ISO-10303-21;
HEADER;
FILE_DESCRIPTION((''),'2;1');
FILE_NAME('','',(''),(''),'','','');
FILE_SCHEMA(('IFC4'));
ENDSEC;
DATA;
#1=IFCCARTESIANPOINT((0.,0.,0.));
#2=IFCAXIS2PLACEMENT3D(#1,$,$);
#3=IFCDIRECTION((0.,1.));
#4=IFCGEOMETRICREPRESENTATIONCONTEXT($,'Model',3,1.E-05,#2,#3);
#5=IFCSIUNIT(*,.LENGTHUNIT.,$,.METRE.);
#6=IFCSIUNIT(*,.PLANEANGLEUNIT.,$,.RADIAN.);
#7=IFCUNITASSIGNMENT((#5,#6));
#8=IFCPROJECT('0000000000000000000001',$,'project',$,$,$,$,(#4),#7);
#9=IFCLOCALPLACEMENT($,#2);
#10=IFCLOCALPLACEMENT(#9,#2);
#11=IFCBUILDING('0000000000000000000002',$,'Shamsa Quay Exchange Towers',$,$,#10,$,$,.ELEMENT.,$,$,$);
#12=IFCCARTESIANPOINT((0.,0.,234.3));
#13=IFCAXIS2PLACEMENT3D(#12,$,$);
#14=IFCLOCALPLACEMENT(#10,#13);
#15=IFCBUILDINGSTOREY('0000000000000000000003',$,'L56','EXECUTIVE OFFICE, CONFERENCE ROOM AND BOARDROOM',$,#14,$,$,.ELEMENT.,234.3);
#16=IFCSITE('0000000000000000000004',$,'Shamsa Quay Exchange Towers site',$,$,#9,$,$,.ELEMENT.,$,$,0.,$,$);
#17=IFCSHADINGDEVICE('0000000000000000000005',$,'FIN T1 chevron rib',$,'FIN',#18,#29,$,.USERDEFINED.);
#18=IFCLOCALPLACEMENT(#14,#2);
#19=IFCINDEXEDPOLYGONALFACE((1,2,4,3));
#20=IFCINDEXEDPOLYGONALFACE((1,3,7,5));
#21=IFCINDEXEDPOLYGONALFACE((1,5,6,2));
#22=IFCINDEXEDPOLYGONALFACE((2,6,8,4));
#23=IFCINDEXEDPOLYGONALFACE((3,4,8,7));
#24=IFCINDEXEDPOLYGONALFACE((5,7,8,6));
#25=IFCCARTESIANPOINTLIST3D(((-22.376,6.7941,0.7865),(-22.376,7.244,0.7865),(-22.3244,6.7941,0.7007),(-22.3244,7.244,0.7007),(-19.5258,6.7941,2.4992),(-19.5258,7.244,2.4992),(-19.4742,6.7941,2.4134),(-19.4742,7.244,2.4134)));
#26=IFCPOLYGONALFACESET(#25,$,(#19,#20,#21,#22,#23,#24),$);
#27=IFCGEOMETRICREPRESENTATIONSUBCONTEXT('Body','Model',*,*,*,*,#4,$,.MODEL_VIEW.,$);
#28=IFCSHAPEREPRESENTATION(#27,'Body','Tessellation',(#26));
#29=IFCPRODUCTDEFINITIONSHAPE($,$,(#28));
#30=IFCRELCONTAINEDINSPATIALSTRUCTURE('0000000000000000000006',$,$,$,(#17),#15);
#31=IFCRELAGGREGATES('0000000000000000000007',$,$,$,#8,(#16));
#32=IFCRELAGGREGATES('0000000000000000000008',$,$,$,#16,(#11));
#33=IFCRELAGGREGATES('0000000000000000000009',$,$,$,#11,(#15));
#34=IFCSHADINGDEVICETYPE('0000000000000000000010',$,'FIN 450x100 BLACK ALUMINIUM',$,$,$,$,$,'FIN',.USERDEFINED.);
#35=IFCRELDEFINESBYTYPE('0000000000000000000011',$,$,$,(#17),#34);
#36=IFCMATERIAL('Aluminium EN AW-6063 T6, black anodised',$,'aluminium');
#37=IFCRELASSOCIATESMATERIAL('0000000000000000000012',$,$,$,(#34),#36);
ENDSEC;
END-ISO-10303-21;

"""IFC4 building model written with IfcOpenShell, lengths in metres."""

from ifc_helpers import new_model, si_unit, direction, frame, origin, origin_2d, place, context, subcontext, project, spatial, rectangle, extrude, material, material_profile, profile_set, type_object, element, save


model = new_model("IFC4")

# Units and contexts
model_context = context("Model", 3, precision=1e-05, world=origin(), true_north=direction((0.0, 1.0)))
body_context = subcontext(model_context, "Body", "Model", "MODEL_VIEW")
ifc_project = project(units=[si_unit("LENGTHUNIT", "METRE"), si_unit("PLANEANGLEUNIT", "RADIAN")], contexts=[model_context])

# Site, building, storey
site_placement = place(None, origin())
site = spatial("IfcSite", under=ifc_project, at=site_placement, Name="Shamsa Quay Exchange Towers site", CompositionType="ELEMENT", RefElevation=0.0)
building_placement = place(site_placement, origin())
building = spatial("IfcBuilding", under=site, at=building_placement, Name="Shamsa Quay Exchange Towers", CompositionType="ELEMENT")
storey_placement = place(building_placement, frame((0.0, 0.0, 234.3)))
storey = spatial("IfcBuildingStorey", under=building, at=storey_placement, Name="L56", Description="EXECUTIVE OFFICE, CONFERENCE ROOM AND BOARDROOM", CompositionType="ELEMENT", Elevation=234.3)

# Shared definitions
ifc_material_1 = material(Name="Aluminium EN AW-6063 T6, black anodised", Category="aluminium")

# Shading device
ifc_material_profile_1 = material_profile(ifc_material_1, rectangle(XDim=0.45, YDim=0.1001, at=origin_2d()), Name="FIN450x100")
ifc_profile_set_1 = profile_set([ifc_material_profile_1], Name="Aluminium EN AW-6063 T6, black anodised")
shading_device_type = type_object("IfcShadingDeviceType", Name="FIN 450x100 BLACK ALUMINIUM", ElementType="FIN", PredefinedType="USERDEFINED", material=ifc_profile_set_1)
shading_device_1_placement = place(storey_placement, frame((-19.5, 7.019, 2.4563), z_axis=(-0.857149, 0.0, -0.515068), x_axis=(0.0, -1.0, 0.0)))
element("IfcShadingDevice", 1, at=shading_device_1_placement, inside=storey, type_object=shading_device_type, Name="FIN T1 chevron rib", ObjectType="FIN", PredefinedType="USERDEFINED", context=body_context, shape_type="SweptSolid", body=[
    extrude(rectangle(XDim=0.45, YDim=0.1001, at=origin_2d()), origin(), (0.0, 0.0, 1.0), 3.3252),
])

save(model, "model.ifc")
